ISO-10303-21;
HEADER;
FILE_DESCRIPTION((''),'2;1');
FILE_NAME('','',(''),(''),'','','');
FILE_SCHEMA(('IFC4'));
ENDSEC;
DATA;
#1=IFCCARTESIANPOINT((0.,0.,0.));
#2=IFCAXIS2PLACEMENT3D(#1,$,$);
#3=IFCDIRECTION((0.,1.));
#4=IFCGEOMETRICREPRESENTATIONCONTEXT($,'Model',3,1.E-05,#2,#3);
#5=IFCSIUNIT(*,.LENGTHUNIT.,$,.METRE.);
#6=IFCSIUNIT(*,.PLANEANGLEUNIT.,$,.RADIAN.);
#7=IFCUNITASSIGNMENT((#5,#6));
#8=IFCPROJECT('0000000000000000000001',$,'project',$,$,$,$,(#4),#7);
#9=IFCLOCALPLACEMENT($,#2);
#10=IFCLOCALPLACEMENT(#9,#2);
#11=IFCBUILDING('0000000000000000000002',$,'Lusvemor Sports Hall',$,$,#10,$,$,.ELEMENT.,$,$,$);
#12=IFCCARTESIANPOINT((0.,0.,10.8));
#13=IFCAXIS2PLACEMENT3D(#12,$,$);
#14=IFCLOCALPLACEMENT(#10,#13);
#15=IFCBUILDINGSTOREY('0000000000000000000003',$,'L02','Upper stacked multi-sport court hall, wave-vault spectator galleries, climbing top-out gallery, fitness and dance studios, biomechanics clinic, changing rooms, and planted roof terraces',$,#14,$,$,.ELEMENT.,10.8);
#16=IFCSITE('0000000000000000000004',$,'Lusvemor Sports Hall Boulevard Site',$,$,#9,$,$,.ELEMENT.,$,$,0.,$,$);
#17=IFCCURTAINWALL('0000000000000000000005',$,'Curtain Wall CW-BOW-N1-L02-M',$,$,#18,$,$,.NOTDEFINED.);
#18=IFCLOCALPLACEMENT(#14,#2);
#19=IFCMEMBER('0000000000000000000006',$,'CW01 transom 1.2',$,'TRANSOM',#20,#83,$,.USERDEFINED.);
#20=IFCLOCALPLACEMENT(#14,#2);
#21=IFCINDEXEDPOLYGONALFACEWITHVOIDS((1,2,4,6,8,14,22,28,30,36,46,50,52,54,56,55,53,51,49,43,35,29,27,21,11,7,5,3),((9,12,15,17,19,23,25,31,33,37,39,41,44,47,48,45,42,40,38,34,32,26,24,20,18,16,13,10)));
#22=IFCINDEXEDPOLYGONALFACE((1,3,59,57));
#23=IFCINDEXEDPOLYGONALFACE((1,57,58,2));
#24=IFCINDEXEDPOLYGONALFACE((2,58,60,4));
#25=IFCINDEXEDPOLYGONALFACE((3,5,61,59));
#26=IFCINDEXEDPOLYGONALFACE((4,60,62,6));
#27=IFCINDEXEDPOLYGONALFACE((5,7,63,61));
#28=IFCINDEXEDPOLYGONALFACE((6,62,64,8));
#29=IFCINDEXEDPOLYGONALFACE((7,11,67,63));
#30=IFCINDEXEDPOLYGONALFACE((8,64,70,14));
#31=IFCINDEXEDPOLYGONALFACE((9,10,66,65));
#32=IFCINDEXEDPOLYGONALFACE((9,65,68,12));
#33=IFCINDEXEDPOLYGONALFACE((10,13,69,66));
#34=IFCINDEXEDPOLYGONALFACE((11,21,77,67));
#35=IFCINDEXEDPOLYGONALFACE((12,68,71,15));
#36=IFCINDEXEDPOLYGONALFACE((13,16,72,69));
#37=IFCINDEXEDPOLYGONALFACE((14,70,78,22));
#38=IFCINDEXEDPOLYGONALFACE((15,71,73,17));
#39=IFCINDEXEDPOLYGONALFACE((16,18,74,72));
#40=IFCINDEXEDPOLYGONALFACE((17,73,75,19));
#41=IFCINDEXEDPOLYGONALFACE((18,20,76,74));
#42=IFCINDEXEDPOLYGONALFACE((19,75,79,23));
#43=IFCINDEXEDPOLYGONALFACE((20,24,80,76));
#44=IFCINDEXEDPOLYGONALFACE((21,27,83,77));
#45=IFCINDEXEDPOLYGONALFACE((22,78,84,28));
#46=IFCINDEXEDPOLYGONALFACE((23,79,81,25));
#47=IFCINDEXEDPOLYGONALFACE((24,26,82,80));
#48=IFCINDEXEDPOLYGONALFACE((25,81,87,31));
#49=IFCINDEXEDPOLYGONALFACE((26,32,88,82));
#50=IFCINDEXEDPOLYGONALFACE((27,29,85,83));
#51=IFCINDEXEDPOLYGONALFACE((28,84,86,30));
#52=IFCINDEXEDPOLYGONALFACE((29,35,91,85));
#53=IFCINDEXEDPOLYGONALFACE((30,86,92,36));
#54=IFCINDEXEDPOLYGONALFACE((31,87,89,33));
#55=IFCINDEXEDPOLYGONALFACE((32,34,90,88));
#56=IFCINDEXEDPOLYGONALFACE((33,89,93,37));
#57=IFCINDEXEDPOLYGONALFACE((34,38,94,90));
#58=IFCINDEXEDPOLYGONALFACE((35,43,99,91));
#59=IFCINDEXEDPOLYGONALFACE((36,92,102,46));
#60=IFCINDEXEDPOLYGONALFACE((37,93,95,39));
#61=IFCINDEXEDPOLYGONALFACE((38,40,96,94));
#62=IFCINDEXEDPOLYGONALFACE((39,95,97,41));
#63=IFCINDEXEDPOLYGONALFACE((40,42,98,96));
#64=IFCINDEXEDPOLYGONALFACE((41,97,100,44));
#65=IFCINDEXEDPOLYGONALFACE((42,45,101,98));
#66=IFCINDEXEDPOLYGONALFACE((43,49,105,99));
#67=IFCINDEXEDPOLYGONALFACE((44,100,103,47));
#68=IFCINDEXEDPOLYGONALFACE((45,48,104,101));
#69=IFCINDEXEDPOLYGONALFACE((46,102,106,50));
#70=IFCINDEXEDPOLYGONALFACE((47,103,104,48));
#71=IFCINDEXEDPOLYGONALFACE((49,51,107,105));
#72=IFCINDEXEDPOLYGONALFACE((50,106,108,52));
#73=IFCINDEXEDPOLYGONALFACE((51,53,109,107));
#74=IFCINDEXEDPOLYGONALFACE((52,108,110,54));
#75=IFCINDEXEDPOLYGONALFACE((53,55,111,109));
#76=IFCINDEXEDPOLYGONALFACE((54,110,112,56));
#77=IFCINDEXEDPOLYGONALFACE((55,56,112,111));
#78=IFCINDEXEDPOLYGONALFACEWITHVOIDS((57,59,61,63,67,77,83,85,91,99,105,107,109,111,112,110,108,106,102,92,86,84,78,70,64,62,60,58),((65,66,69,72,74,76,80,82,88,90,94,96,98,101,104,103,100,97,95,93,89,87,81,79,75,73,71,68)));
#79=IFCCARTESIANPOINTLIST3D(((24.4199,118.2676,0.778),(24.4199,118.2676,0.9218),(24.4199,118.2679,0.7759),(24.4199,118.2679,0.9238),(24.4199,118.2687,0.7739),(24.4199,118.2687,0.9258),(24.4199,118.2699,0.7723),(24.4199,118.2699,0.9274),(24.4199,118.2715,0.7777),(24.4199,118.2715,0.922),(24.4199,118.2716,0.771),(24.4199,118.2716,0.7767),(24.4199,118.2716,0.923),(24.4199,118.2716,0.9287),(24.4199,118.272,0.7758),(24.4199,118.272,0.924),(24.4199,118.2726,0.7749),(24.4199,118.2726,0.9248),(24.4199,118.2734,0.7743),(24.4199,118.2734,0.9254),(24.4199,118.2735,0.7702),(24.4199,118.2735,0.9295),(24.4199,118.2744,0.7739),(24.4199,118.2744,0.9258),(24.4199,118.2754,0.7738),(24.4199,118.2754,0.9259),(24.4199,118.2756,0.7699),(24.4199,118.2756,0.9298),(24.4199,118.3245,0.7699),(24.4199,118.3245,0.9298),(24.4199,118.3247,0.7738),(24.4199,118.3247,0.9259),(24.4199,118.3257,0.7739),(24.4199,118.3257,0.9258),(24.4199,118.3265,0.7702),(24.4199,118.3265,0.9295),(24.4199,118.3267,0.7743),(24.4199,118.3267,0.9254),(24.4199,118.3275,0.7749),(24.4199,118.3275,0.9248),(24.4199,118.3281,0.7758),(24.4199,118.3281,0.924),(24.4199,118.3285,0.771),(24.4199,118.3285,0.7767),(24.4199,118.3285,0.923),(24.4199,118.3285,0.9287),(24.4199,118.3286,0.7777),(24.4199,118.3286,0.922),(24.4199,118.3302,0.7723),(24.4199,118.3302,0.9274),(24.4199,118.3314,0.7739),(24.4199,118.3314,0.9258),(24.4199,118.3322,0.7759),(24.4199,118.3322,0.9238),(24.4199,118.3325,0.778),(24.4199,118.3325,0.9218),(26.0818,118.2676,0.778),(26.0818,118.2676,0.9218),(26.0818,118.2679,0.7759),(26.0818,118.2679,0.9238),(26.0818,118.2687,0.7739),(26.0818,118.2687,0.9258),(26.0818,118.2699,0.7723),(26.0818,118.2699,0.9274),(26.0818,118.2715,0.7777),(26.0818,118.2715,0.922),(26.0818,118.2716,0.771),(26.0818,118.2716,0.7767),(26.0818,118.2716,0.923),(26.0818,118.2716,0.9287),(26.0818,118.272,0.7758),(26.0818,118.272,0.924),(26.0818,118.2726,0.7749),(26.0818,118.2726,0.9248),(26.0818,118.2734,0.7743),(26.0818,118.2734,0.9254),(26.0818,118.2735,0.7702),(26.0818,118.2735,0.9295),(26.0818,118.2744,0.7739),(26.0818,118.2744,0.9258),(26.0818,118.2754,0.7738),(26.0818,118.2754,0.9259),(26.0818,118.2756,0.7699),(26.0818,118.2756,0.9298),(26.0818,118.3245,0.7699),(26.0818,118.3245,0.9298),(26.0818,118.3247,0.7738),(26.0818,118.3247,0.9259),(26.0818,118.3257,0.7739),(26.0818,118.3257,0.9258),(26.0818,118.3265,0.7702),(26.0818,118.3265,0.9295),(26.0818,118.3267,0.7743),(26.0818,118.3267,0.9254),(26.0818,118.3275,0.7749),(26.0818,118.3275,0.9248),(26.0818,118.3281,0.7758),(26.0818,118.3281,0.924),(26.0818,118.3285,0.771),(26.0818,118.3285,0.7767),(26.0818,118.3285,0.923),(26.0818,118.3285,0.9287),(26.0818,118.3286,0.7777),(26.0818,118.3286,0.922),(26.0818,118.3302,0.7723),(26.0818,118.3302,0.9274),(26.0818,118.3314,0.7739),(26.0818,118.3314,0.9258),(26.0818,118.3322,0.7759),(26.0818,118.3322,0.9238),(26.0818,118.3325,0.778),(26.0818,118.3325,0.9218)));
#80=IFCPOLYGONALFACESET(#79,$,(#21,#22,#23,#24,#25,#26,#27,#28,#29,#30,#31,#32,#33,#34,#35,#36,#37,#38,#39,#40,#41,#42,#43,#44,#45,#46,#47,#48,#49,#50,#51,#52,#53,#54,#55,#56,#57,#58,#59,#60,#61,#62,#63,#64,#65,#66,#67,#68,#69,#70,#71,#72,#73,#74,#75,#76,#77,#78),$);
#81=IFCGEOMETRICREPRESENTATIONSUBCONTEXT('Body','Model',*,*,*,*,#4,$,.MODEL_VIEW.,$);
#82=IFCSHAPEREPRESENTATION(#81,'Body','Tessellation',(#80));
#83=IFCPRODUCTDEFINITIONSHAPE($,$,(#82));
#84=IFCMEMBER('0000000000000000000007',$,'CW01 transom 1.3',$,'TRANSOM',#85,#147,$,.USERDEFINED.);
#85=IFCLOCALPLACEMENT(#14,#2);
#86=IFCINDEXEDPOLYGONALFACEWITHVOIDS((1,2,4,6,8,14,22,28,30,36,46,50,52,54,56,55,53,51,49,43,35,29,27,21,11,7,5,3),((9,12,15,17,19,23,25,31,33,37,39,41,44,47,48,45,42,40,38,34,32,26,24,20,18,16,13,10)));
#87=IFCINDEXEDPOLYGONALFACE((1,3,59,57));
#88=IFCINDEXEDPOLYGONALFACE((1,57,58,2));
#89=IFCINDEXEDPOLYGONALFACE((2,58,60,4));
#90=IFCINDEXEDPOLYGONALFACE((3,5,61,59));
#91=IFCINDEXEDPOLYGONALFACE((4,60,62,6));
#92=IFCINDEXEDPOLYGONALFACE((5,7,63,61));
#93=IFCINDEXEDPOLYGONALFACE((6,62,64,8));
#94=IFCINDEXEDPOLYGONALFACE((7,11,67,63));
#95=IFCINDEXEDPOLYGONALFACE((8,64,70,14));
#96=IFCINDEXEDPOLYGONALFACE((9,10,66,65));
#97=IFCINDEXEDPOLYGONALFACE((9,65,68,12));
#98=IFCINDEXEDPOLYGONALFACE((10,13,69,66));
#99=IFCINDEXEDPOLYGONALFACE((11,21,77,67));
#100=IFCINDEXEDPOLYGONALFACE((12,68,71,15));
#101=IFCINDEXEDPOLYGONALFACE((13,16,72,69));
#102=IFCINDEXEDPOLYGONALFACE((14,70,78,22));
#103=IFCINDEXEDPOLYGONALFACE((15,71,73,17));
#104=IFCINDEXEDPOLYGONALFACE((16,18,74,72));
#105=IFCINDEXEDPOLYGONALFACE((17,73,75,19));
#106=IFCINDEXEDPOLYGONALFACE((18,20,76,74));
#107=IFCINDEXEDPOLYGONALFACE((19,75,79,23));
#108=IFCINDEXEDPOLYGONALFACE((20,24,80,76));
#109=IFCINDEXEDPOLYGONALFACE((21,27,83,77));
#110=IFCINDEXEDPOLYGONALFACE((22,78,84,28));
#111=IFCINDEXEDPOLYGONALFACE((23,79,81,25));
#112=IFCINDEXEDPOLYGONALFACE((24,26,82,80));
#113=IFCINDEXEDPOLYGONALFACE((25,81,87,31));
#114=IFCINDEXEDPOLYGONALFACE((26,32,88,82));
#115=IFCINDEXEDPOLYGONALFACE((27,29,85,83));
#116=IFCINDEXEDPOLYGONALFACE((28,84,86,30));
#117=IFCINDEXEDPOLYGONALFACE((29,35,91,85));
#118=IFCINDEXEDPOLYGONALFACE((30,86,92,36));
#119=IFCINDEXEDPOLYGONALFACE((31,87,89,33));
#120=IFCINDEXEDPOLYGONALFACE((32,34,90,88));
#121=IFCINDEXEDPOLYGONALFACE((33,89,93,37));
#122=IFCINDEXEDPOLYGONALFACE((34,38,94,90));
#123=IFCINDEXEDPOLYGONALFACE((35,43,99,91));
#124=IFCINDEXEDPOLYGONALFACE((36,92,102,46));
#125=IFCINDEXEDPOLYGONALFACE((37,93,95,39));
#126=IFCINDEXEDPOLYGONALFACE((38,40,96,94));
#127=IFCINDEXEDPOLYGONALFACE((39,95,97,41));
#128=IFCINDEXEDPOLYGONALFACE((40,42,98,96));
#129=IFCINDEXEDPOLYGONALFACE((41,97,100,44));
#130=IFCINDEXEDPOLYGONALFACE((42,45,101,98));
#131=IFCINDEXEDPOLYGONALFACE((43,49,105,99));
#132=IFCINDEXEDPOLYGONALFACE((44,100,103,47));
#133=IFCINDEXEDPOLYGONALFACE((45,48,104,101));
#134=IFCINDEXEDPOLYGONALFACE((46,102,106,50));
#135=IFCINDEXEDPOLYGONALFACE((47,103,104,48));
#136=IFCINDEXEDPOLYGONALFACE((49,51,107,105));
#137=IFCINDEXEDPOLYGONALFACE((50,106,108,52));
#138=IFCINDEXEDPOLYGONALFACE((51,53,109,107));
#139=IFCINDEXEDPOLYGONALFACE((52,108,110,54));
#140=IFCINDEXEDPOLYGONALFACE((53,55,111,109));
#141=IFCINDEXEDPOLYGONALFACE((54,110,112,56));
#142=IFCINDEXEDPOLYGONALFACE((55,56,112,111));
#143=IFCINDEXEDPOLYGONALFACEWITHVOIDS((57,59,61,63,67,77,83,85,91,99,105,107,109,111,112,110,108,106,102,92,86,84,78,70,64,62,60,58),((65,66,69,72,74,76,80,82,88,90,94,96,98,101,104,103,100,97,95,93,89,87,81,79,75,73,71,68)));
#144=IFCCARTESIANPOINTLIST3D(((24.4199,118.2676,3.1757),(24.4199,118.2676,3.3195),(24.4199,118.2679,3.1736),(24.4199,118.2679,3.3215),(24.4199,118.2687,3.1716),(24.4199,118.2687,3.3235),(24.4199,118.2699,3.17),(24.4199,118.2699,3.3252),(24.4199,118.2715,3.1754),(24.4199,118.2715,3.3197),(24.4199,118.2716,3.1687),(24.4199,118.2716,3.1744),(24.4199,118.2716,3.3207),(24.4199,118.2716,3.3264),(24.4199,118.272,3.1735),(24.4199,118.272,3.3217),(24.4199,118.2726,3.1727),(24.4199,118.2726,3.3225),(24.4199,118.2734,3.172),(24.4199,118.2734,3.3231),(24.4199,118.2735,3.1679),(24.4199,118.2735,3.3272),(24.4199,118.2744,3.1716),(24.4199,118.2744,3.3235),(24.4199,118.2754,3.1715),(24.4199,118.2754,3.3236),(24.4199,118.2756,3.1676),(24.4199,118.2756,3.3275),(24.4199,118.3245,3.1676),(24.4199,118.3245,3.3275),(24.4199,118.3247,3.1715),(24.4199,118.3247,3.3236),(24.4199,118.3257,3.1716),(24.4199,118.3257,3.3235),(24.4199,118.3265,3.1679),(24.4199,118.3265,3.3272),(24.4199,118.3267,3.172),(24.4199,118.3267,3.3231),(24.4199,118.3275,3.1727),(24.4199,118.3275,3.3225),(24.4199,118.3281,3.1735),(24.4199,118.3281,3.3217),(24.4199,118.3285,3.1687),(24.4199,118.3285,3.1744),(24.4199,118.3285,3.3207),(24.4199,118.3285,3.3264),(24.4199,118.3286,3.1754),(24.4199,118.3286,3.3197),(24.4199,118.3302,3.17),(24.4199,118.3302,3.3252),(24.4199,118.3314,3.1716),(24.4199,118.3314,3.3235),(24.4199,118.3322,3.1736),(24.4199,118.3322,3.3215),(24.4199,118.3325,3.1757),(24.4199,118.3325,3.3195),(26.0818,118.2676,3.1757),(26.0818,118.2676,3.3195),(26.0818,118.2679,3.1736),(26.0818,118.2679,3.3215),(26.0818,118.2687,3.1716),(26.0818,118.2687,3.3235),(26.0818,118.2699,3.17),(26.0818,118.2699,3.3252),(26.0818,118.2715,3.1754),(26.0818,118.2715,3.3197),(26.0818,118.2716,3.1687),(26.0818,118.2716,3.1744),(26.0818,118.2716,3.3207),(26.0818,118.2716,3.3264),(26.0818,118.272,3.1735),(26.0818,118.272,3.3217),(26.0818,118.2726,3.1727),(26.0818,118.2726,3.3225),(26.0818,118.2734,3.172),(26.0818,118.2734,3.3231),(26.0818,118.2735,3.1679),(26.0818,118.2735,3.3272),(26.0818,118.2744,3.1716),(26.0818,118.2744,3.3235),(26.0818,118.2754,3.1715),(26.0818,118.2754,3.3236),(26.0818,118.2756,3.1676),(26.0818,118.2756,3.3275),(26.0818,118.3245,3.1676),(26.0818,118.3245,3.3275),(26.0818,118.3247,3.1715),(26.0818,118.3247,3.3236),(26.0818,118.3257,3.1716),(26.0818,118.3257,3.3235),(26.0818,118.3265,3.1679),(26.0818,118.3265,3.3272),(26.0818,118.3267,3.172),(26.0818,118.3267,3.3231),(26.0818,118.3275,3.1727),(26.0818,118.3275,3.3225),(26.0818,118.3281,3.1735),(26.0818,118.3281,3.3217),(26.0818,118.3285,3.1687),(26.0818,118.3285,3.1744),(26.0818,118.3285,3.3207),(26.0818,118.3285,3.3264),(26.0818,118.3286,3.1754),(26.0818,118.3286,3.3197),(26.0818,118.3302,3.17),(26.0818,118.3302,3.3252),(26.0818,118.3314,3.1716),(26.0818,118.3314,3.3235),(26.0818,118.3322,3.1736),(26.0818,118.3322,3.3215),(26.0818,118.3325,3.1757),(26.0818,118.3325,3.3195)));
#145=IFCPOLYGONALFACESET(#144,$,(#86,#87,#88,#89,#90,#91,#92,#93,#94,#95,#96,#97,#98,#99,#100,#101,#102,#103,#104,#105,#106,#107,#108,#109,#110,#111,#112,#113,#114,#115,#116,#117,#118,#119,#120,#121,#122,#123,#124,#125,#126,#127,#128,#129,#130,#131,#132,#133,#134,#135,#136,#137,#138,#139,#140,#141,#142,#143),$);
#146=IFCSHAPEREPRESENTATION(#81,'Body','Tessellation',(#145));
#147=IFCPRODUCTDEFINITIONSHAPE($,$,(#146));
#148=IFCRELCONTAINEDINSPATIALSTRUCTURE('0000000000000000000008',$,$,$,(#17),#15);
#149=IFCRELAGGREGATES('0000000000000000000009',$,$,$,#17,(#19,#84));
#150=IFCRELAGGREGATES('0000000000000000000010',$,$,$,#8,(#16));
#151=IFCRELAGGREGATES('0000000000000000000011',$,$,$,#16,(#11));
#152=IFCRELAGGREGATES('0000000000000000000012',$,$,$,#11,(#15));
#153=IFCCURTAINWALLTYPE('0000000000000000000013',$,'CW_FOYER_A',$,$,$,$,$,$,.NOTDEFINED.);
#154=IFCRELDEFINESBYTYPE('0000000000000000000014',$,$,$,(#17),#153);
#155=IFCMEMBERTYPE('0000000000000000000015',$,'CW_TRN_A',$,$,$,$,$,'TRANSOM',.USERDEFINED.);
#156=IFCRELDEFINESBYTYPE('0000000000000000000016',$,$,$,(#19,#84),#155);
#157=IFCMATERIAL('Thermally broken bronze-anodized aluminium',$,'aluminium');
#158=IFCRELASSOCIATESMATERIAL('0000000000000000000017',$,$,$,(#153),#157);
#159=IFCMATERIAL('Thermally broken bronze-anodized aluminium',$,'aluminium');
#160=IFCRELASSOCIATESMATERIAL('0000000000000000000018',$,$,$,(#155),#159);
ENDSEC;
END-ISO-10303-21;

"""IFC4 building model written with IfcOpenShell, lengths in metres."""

from ifc_helpers import new_model, si_unit, direction, frame, origin, origin_2d, place, context, subcontext, project, spatial, hollow_rectangle, extrude, material, material_profile, profile_set, type_object, element, aggregate, save


model = new_model("IFC4")

# Units and contexts
model_context = context("Model", 3, precision=1e-05, world=origin(), true_north=direction((0.0, 1.0)))
body_context = subcontext(model_context, "Body", "Model", "MODEL_VIEW")
ifc_project = project(units=[si_unit("LENGTHUNIT", "METRE"), si_unit("PLANEANGLEUNIT", "RADIAN")], contexts=[model_context])

# Site, building, storey
site_placement = place(None, origin())
site = spatial("IfcSite", under=ifc_project, at=site_placement, Name="Lusvemor Sports Hall Boulevard Site", CompositionType="ELEMENT", RefElevation=0.0)
building_placement = place(site_placement, origin())
building = spatial("IfcBuilding", under=site, at=building_placement, Name="Lusvemor Sports Hall", CompositionType="ELEMENT")
storey_placement = place(building_placement, frame((0.0, 0.0, 10.8)))
storey = spatial("IfcBuildingStorey", under=building, at=storey_placement, Name="L02", Description="Upper stacked multi-sport court hall, wave-vault spectator galleries, climbing top-out gallery, fitness and dance studios, biomechanics clinic, changing rooms, and planted roof terraces", CompositionType="ELEMENT", Elevation=10.8)

# Curtain wall
ifc_material_1 = material(Name="Thermally broken bronze-anodized aluminium", Category="aluminium")
curtain_wall_type_1 = type_object("IfcCurtainWallType", Name="CW_FOYER_A", PredefinedType="NOTDEFINED", material=ifc_material_1)
curtain_wall_1_placement = place(storey_placement, origin())
curtain_wall_1 = element("IfcCurtainWall", 1, at=curtain_wall_1_placement, inside=storey, type_object=curtain_wall_type_1, Name="Curtain Wall CW-BOW-N1-L02-M", PredefinedType="NOTDEFINED")

# Members
ifc_material_2 = material(Name="Thermally broken bronze-anodized aluminium", Category="aluminium")
ifc_material_profile_1 = material_profile(ifc_material_2, hollow_rectangle(XDim=0.0649, YDim=0.1599, WallThickness=0.0039, InnerFilletRadius=0.0039, OuterFilletRadius=0.0081, at=origin_2d()), Name="CWTRN160x65x4")
ifc_profile_set_1 = profile_set([ifc_material_profile_1], Name="Thermally broken bronze-anodized aluminium")
member_type_1 = type_object("IfcMemberType", Name="CW_TRN_A", ElementType="TRANSOM", PredefinedType="USERDEFINED", material=ifc_profile_set_1)
member_1_placement = place(storey_placement, frame((24.4199, 118.3, 0.8499), z_axis=(1.0, 0.0, 0.0), x_axis=(0.0, 1.0, 0.0)))
member_1 = element("IfcMember", 2, at=member_1_placement, type_object=member_type_1, Name="CW01 transom 1.2", ObjectType="TRANSOM", PredefinedType="USERDEFINED", context=body_context, shape_type="SweptSolid", body=[
    extrude(hollow_rectangle(XDim=0.0649, YDim=0.1599, WallThickness=0.0039, InnerFilletRadius=0.0039, OuterFilletRadius=0.0081, at=origin_2d()), origin(), (0.0, 0.0, 1.0), 1.6619),
])
member_2_placement = place(storey_placement, frame((24.4199, 118.3, 3.2476), z_axis=(1.0, 0.0, 0.0), x_axis=(0.0, 1.0, 0.0)))
member_2 = element("IfcMember", 3, at=member_2_placement, type_object=member_type_1, Name="CW01 transom 1.3", ObjectType="TRANSOM", PredefinedType="USERDEFINED", context=body_context, shape_type="SweptSolid", body=[
    extrude(hollow_rectangle(XDim=0.0649, YDim=0.1599, WallThickness=0.0039, InnerFilletRadius=0.0039, OuterFilletRadius=0.0081, at=origin_2d()), origin(), (0.0, 0.0, 1.0), 1.6619),
])

aggregate(curtain_wall_1, [member_1, member_2])

save(model, "model.ifc")
